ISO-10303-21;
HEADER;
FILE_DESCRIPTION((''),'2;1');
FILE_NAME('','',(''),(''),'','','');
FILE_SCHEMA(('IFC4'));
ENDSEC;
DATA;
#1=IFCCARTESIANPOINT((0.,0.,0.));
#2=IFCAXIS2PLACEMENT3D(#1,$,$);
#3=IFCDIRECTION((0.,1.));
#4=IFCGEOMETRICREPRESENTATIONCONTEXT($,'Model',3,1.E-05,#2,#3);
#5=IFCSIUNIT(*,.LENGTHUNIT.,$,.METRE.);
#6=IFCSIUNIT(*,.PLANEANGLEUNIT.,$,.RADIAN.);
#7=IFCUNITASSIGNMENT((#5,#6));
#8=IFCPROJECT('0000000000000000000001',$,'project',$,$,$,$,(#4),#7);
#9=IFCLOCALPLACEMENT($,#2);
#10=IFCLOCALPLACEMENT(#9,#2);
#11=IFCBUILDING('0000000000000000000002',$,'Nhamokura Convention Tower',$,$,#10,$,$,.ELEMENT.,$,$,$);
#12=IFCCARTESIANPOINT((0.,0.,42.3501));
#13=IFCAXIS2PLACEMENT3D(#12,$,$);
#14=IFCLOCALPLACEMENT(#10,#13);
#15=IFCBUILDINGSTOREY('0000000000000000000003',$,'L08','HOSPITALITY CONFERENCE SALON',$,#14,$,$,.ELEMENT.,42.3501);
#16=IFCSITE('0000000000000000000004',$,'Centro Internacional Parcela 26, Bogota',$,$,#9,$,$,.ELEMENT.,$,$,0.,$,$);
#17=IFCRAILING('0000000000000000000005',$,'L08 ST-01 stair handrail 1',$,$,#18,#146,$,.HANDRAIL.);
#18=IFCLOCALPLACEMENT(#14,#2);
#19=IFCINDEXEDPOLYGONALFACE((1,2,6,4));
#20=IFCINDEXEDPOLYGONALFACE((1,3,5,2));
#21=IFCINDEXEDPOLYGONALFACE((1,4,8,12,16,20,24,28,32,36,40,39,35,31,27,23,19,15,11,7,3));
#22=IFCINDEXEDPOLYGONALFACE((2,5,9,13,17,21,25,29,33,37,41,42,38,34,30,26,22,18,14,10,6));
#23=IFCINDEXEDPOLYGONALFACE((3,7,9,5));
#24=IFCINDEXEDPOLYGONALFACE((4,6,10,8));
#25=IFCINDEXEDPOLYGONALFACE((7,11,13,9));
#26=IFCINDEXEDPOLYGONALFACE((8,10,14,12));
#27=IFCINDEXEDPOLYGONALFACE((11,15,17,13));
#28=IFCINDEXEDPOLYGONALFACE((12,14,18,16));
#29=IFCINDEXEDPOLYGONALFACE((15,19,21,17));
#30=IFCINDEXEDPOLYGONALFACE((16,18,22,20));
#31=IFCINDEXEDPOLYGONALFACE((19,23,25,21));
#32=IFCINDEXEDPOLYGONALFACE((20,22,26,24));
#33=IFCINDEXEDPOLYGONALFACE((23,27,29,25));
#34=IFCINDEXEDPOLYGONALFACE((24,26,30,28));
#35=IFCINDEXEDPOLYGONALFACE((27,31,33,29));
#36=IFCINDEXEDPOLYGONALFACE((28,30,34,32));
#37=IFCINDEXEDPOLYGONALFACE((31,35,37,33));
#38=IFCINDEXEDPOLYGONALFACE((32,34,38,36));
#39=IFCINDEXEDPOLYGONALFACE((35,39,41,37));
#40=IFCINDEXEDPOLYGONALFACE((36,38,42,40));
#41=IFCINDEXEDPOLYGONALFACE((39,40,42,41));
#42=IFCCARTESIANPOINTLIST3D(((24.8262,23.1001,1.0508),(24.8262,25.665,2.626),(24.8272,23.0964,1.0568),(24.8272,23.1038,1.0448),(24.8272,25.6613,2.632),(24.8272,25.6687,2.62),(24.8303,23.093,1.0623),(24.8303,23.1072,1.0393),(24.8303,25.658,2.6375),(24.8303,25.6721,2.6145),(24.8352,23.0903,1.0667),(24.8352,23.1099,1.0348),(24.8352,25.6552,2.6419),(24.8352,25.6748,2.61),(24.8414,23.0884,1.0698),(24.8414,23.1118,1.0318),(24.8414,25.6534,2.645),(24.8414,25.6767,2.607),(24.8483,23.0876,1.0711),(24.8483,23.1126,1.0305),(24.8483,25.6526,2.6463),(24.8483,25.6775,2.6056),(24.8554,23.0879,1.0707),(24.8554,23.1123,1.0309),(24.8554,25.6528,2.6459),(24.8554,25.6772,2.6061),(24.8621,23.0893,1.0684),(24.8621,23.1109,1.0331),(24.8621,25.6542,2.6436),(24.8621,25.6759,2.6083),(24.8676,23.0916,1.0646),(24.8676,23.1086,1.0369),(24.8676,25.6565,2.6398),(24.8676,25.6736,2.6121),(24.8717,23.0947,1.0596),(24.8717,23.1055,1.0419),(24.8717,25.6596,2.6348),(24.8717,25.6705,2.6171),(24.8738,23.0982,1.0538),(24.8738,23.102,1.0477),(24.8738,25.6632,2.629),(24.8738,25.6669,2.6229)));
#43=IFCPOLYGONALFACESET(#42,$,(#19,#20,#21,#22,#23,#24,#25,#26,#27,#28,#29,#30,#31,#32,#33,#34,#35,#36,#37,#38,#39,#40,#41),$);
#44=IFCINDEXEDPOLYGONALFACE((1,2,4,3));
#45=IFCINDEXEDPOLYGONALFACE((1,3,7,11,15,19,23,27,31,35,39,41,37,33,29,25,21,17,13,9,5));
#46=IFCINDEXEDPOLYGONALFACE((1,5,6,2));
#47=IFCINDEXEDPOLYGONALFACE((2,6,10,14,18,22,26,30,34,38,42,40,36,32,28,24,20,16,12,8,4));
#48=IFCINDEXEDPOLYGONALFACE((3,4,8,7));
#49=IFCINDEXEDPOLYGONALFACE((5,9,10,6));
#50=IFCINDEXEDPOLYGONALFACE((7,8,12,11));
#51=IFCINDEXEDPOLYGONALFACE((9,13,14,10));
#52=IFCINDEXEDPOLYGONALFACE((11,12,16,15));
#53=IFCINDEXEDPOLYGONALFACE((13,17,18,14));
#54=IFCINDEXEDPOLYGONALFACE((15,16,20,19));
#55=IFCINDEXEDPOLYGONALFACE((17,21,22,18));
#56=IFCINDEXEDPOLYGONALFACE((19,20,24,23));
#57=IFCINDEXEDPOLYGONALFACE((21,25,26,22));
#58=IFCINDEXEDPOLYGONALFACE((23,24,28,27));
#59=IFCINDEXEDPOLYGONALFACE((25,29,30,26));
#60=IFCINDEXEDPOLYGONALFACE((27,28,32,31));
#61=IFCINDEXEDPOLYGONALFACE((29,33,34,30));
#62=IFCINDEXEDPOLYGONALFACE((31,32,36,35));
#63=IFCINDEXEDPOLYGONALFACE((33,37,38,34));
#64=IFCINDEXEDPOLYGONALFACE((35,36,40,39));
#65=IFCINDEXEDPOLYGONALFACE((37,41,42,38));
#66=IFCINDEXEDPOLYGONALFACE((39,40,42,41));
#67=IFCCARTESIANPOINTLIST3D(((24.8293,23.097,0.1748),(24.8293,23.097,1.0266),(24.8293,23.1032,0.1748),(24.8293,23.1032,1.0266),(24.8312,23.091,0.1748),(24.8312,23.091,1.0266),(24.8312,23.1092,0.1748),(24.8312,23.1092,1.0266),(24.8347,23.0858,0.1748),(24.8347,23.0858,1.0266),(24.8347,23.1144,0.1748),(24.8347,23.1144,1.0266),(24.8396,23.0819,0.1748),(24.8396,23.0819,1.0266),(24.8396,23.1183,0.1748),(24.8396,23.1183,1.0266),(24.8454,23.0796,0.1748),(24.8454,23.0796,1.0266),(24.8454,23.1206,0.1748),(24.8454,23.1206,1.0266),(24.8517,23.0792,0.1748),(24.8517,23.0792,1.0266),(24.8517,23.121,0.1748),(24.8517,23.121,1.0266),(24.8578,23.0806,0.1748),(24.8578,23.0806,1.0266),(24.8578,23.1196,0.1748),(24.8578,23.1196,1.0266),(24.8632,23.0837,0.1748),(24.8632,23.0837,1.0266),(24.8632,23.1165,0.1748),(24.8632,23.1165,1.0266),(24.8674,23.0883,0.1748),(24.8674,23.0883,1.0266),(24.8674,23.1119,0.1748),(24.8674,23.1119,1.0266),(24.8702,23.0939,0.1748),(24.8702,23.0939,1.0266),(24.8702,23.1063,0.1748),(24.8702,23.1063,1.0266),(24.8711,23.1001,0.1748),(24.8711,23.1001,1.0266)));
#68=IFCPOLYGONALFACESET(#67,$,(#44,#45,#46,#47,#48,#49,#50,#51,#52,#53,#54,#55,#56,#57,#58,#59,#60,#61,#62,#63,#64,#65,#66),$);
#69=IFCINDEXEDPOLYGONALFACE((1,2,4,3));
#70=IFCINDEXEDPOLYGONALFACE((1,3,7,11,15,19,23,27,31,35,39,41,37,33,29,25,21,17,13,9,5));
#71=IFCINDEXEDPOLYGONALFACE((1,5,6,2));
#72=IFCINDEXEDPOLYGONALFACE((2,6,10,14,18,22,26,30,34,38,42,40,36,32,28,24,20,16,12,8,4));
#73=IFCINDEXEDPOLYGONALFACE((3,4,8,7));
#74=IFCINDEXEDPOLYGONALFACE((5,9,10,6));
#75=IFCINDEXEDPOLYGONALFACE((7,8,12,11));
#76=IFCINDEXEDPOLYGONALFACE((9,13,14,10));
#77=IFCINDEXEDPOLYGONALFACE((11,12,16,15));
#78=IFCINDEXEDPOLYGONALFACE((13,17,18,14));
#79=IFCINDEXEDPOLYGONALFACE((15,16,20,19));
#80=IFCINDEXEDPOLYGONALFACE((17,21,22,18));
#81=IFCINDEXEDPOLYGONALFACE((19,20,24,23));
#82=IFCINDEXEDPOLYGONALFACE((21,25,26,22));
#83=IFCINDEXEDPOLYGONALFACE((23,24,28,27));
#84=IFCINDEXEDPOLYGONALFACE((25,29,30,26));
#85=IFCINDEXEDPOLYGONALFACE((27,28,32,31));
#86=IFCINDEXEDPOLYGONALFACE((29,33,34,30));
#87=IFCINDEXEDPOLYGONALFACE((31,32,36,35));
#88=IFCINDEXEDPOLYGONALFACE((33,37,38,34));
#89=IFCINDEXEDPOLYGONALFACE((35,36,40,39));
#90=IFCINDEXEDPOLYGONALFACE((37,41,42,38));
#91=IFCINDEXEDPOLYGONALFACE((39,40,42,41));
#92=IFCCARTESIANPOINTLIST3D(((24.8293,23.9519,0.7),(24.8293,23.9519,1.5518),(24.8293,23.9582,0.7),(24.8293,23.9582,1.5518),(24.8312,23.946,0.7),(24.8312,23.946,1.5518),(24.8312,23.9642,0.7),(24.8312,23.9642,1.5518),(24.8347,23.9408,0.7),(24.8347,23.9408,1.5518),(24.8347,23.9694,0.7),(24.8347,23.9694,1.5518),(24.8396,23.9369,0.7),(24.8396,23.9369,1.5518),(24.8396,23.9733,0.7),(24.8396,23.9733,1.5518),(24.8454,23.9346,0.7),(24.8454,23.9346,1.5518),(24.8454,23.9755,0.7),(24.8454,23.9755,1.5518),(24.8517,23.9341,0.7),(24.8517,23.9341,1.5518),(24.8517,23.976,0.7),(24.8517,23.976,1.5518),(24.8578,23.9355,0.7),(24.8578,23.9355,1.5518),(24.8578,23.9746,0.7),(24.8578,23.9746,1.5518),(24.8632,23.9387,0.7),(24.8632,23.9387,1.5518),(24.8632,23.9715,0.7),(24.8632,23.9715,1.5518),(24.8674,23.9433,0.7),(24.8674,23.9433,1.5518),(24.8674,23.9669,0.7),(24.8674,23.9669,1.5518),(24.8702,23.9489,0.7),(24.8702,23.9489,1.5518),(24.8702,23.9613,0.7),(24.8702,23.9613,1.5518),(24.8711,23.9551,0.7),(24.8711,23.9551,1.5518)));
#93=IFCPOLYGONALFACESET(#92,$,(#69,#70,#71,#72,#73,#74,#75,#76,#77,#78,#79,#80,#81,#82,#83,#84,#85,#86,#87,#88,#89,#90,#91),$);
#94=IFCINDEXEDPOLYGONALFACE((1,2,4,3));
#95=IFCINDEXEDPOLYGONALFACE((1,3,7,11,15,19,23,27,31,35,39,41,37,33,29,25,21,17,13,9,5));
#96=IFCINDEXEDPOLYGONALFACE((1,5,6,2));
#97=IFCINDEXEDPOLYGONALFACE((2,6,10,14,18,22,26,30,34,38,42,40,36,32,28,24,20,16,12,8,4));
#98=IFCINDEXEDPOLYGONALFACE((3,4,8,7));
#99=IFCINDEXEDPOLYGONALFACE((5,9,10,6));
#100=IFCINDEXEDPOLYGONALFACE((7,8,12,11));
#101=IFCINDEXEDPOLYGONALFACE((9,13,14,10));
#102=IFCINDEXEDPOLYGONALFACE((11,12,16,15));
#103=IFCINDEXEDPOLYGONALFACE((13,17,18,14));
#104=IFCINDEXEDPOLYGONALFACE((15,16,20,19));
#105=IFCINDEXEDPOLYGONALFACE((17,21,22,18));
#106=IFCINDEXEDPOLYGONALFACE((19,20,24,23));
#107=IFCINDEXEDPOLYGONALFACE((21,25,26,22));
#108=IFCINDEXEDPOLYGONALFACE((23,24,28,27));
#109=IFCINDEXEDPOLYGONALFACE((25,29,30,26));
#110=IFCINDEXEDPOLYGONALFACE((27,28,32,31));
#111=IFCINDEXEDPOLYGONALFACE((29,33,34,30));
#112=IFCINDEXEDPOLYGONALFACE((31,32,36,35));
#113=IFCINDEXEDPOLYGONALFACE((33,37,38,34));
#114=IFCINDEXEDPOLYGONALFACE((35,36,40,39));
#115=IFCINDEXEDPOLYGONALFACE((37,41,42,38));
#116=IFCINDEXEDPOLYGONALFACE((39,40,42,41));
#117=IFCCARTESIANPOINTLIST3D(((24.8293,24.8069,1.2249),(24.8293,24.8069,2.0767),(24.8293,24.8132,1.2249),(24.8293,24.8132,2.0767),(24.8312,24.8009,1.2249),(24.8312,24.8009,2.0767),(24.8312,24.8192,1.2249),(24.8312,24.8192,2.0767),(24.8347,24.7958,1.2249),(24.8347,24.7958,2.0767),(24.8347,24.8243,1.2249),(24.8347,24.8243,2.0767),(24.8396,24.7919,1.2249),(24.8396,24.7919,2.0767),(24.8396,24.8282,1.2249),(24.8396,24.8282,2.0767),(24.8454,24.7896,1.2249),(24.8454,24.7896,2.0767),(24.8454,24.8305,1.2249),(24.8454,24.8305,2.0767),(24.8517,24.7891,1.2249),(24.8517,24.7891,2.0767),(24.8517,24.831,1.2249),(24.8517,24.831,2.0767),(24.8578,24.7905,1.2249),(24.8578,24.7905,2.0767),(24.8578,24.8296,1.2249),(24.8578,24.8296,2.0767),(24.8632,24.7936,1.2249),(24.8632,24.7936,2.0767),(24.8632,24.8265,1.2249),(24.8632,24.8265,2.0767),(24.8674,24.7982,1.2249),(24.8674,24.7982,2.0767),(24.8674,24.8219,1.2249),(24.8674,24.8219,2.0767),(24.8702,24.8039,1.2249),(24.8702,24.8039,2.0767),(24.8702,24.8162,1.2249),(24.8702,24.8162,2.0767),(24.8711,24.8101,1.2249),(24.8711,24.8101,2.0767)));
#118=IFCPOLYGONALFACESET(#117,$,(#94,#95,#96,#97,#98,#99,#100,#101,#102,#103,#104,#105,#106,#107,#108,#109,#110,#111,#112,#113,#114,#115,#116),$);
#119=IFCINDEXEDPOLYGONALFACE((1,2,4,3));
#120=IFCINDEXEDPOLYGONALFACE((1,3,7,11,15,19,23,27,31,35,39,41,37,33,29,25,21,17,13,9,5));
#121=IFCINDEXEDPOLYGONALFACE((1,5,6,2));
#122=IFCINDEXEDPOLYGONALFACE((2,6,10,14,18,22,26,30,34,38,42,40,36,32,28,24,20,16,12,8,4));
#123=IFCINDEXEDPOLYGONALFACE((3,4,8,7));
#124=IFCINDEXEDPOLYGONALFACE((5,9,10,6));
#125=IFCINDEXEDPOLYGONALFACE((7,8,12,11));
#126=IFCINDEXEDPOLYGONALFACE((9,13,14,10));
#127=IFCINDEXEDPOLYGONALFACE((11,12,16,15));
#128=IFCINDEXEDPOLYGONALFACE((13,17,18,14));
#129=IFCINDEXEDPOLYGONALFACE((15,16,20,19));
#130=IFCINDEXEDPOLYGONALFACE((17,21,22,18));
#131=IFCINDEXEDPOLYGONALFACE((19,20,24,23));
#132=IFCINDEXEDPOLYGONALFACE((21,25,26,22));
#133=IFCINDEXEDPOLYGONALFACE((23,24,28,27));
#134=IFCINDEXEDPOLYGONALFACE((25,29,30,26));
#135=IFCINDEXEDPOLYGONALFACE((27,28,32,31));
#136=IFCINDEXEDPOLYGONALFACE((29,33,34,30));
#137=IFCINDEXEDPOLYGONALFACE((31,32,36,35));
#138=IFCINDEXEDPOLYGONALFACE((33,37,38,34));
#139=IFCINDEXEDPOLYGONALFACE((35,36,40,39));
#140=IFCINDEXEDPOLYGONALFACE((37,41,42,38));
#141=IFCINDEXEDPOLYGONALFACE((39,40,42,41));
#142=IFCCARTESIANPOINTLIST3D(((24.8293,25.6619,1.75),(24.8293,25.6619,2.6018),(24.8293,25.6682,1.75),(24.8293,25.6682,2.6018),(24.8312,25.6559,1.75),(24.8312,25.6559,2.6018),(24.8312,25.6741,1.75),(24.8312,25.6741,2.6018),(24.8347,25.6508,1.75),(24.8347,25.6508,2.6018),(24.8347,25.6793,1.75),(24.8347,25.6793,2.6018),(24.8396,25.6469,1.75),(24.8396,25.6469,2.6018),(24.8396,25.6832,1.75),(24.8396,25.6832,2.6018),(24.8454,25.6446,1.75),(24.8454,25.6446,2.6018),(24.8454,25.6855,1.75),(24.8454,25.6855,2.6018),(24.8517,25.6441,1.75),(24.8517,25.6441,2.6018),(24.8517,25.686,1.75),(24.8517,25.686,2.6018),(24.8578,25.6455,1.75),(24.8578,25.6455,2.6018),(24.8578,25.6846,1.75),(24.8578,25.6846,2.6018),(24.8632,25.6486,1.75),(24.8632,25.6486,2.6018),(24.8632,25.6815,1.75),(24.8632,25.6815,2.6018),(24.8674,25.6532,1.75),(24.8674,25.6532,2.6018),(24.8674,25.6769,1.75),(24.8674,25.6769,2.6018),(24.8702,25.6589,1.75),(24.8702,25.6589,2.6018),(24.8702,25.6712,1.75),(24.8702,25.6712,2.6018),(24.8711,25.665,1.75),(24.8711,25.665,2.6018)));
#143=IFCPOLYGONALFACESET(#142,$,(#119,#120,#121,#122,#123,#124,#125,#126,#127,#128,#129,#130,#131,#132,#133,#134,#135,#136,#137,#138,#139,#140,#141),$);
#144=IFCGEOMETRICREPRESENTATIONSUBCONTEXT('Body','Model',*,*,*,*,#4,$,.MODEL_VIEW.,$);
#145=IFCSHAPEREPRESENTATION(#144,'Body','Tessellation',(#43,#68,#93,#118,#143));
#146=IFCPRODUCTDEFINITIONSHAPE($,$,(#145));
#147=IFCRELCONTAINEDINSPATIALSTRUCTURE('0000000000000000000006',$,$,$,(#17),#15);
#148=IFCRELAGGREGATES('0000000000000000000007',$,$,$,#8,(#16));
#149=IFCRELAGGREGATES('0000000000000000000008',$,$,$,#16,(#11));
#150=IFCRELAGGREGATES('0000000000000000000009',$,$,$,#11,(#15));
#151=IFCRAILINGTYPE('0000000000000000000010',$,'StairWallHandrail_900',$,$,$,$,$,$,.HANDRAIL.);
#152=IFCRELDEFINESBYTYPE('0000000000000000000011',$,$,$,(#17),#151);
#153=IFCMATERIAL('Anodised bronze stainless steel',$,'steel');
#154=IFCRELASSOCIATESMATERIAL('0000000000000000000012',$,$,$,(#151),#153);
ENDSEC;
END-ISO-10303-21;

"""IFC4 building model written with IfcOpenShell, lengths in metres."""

from ifc_helpers import new_model, si_unit, direction, frame, origin, origin_2d, place, context, subcontext, project, spatial, circle, extrude, material, type_object, element, save


model = new_model("IFC4")

# Units and contexts
model_context = context("Model", 3, precision=1e-05, world=origin(), true_north=direction((0.0, 1.0)))
body_context = subcontext(model_context, "Body", "Model", "MODEL_VIEW")
ifc_project = project(units=[si_unit("LENGTHUNIT", "METRE"), si_unit("PLANEANGLEUNIT", "RADIAN")], contexts=[model_context])

# Site, building, storey
site_placement = place(None, origin())
site = spatial("IfcSite", under=ifc_project, at=site_placement, Name="Centro Internacional Parcela 26, Bogota", CompositionType="ELEMENT", RefElevation=0.0)
building_placement = place(site_placement, origin())
building = spatial("IfcBuilding", under=site, at=building_placement, Name="Nhamokura Convention Tower", CompositionType="ELEMENT")
storey_placement = place(building_placement, frame((0.0, 0.0, 42.3501)))
storey = spatial("IfcBuildingStorey", under=building, at=storey_placement, Name="L08", Description="HOSPITALITY CONFERENCE SALON", CompositionType="ELEMENT", Elevation=42.3501)

# Railing
ifc_material_1 = material(Name="Anodised bronze stainless steel", Category="steel")
railing_type_1 = type_object("IfcRailingType", Name="StairWallHandrail_900", PredefinedType="HANDRAIL", material=ifc_material_1)
railing_1_placement = place(storey_placement, frame((24.8501, 23.1001, 0.1748)))
element("IfcRailing", 1, at=railing_1_placement, inside=storey, type_object=railing_type_1, Name="L08 ST-01 stair handrail 1", PredefinedType="HANDRAIL", context=body_context, shape_type="SweptSolid", body=[
    extrude(circle(Radius=0.0239, at=origin_2d()), frame((0.0, 0.0, 0.876), z_axis=(0.0, 0.852137, 0.523319), x_axis=(-1.0, 0.0, 0.0)), (0.0, 0.0, 1.0), 3.01),
    extrude(circle(Radius=0.021, at=origin_2d()), origin(), (0.0, 0.0, 1.0), 0.8518),
    extrude(circle(Radius=0.021, at=origin_2d()), frame((0.0, 0.855, 0.5251)), (0.0, 0.0, 1.0), 0.8518),
    extrude(circle(Radius=0.021, at=origin_2d()), frame((0.0, 1.71, 1.05)), (0.0, 0.0, 1.0), 0.8518),
    extrude(circle(Radius=0.021, at=origin_2d()), frame((0.0, 2.5649, 1.5752)), (0.0, 0.0, 1.0), 0.8518),
])

save(model, "model.ifc")
